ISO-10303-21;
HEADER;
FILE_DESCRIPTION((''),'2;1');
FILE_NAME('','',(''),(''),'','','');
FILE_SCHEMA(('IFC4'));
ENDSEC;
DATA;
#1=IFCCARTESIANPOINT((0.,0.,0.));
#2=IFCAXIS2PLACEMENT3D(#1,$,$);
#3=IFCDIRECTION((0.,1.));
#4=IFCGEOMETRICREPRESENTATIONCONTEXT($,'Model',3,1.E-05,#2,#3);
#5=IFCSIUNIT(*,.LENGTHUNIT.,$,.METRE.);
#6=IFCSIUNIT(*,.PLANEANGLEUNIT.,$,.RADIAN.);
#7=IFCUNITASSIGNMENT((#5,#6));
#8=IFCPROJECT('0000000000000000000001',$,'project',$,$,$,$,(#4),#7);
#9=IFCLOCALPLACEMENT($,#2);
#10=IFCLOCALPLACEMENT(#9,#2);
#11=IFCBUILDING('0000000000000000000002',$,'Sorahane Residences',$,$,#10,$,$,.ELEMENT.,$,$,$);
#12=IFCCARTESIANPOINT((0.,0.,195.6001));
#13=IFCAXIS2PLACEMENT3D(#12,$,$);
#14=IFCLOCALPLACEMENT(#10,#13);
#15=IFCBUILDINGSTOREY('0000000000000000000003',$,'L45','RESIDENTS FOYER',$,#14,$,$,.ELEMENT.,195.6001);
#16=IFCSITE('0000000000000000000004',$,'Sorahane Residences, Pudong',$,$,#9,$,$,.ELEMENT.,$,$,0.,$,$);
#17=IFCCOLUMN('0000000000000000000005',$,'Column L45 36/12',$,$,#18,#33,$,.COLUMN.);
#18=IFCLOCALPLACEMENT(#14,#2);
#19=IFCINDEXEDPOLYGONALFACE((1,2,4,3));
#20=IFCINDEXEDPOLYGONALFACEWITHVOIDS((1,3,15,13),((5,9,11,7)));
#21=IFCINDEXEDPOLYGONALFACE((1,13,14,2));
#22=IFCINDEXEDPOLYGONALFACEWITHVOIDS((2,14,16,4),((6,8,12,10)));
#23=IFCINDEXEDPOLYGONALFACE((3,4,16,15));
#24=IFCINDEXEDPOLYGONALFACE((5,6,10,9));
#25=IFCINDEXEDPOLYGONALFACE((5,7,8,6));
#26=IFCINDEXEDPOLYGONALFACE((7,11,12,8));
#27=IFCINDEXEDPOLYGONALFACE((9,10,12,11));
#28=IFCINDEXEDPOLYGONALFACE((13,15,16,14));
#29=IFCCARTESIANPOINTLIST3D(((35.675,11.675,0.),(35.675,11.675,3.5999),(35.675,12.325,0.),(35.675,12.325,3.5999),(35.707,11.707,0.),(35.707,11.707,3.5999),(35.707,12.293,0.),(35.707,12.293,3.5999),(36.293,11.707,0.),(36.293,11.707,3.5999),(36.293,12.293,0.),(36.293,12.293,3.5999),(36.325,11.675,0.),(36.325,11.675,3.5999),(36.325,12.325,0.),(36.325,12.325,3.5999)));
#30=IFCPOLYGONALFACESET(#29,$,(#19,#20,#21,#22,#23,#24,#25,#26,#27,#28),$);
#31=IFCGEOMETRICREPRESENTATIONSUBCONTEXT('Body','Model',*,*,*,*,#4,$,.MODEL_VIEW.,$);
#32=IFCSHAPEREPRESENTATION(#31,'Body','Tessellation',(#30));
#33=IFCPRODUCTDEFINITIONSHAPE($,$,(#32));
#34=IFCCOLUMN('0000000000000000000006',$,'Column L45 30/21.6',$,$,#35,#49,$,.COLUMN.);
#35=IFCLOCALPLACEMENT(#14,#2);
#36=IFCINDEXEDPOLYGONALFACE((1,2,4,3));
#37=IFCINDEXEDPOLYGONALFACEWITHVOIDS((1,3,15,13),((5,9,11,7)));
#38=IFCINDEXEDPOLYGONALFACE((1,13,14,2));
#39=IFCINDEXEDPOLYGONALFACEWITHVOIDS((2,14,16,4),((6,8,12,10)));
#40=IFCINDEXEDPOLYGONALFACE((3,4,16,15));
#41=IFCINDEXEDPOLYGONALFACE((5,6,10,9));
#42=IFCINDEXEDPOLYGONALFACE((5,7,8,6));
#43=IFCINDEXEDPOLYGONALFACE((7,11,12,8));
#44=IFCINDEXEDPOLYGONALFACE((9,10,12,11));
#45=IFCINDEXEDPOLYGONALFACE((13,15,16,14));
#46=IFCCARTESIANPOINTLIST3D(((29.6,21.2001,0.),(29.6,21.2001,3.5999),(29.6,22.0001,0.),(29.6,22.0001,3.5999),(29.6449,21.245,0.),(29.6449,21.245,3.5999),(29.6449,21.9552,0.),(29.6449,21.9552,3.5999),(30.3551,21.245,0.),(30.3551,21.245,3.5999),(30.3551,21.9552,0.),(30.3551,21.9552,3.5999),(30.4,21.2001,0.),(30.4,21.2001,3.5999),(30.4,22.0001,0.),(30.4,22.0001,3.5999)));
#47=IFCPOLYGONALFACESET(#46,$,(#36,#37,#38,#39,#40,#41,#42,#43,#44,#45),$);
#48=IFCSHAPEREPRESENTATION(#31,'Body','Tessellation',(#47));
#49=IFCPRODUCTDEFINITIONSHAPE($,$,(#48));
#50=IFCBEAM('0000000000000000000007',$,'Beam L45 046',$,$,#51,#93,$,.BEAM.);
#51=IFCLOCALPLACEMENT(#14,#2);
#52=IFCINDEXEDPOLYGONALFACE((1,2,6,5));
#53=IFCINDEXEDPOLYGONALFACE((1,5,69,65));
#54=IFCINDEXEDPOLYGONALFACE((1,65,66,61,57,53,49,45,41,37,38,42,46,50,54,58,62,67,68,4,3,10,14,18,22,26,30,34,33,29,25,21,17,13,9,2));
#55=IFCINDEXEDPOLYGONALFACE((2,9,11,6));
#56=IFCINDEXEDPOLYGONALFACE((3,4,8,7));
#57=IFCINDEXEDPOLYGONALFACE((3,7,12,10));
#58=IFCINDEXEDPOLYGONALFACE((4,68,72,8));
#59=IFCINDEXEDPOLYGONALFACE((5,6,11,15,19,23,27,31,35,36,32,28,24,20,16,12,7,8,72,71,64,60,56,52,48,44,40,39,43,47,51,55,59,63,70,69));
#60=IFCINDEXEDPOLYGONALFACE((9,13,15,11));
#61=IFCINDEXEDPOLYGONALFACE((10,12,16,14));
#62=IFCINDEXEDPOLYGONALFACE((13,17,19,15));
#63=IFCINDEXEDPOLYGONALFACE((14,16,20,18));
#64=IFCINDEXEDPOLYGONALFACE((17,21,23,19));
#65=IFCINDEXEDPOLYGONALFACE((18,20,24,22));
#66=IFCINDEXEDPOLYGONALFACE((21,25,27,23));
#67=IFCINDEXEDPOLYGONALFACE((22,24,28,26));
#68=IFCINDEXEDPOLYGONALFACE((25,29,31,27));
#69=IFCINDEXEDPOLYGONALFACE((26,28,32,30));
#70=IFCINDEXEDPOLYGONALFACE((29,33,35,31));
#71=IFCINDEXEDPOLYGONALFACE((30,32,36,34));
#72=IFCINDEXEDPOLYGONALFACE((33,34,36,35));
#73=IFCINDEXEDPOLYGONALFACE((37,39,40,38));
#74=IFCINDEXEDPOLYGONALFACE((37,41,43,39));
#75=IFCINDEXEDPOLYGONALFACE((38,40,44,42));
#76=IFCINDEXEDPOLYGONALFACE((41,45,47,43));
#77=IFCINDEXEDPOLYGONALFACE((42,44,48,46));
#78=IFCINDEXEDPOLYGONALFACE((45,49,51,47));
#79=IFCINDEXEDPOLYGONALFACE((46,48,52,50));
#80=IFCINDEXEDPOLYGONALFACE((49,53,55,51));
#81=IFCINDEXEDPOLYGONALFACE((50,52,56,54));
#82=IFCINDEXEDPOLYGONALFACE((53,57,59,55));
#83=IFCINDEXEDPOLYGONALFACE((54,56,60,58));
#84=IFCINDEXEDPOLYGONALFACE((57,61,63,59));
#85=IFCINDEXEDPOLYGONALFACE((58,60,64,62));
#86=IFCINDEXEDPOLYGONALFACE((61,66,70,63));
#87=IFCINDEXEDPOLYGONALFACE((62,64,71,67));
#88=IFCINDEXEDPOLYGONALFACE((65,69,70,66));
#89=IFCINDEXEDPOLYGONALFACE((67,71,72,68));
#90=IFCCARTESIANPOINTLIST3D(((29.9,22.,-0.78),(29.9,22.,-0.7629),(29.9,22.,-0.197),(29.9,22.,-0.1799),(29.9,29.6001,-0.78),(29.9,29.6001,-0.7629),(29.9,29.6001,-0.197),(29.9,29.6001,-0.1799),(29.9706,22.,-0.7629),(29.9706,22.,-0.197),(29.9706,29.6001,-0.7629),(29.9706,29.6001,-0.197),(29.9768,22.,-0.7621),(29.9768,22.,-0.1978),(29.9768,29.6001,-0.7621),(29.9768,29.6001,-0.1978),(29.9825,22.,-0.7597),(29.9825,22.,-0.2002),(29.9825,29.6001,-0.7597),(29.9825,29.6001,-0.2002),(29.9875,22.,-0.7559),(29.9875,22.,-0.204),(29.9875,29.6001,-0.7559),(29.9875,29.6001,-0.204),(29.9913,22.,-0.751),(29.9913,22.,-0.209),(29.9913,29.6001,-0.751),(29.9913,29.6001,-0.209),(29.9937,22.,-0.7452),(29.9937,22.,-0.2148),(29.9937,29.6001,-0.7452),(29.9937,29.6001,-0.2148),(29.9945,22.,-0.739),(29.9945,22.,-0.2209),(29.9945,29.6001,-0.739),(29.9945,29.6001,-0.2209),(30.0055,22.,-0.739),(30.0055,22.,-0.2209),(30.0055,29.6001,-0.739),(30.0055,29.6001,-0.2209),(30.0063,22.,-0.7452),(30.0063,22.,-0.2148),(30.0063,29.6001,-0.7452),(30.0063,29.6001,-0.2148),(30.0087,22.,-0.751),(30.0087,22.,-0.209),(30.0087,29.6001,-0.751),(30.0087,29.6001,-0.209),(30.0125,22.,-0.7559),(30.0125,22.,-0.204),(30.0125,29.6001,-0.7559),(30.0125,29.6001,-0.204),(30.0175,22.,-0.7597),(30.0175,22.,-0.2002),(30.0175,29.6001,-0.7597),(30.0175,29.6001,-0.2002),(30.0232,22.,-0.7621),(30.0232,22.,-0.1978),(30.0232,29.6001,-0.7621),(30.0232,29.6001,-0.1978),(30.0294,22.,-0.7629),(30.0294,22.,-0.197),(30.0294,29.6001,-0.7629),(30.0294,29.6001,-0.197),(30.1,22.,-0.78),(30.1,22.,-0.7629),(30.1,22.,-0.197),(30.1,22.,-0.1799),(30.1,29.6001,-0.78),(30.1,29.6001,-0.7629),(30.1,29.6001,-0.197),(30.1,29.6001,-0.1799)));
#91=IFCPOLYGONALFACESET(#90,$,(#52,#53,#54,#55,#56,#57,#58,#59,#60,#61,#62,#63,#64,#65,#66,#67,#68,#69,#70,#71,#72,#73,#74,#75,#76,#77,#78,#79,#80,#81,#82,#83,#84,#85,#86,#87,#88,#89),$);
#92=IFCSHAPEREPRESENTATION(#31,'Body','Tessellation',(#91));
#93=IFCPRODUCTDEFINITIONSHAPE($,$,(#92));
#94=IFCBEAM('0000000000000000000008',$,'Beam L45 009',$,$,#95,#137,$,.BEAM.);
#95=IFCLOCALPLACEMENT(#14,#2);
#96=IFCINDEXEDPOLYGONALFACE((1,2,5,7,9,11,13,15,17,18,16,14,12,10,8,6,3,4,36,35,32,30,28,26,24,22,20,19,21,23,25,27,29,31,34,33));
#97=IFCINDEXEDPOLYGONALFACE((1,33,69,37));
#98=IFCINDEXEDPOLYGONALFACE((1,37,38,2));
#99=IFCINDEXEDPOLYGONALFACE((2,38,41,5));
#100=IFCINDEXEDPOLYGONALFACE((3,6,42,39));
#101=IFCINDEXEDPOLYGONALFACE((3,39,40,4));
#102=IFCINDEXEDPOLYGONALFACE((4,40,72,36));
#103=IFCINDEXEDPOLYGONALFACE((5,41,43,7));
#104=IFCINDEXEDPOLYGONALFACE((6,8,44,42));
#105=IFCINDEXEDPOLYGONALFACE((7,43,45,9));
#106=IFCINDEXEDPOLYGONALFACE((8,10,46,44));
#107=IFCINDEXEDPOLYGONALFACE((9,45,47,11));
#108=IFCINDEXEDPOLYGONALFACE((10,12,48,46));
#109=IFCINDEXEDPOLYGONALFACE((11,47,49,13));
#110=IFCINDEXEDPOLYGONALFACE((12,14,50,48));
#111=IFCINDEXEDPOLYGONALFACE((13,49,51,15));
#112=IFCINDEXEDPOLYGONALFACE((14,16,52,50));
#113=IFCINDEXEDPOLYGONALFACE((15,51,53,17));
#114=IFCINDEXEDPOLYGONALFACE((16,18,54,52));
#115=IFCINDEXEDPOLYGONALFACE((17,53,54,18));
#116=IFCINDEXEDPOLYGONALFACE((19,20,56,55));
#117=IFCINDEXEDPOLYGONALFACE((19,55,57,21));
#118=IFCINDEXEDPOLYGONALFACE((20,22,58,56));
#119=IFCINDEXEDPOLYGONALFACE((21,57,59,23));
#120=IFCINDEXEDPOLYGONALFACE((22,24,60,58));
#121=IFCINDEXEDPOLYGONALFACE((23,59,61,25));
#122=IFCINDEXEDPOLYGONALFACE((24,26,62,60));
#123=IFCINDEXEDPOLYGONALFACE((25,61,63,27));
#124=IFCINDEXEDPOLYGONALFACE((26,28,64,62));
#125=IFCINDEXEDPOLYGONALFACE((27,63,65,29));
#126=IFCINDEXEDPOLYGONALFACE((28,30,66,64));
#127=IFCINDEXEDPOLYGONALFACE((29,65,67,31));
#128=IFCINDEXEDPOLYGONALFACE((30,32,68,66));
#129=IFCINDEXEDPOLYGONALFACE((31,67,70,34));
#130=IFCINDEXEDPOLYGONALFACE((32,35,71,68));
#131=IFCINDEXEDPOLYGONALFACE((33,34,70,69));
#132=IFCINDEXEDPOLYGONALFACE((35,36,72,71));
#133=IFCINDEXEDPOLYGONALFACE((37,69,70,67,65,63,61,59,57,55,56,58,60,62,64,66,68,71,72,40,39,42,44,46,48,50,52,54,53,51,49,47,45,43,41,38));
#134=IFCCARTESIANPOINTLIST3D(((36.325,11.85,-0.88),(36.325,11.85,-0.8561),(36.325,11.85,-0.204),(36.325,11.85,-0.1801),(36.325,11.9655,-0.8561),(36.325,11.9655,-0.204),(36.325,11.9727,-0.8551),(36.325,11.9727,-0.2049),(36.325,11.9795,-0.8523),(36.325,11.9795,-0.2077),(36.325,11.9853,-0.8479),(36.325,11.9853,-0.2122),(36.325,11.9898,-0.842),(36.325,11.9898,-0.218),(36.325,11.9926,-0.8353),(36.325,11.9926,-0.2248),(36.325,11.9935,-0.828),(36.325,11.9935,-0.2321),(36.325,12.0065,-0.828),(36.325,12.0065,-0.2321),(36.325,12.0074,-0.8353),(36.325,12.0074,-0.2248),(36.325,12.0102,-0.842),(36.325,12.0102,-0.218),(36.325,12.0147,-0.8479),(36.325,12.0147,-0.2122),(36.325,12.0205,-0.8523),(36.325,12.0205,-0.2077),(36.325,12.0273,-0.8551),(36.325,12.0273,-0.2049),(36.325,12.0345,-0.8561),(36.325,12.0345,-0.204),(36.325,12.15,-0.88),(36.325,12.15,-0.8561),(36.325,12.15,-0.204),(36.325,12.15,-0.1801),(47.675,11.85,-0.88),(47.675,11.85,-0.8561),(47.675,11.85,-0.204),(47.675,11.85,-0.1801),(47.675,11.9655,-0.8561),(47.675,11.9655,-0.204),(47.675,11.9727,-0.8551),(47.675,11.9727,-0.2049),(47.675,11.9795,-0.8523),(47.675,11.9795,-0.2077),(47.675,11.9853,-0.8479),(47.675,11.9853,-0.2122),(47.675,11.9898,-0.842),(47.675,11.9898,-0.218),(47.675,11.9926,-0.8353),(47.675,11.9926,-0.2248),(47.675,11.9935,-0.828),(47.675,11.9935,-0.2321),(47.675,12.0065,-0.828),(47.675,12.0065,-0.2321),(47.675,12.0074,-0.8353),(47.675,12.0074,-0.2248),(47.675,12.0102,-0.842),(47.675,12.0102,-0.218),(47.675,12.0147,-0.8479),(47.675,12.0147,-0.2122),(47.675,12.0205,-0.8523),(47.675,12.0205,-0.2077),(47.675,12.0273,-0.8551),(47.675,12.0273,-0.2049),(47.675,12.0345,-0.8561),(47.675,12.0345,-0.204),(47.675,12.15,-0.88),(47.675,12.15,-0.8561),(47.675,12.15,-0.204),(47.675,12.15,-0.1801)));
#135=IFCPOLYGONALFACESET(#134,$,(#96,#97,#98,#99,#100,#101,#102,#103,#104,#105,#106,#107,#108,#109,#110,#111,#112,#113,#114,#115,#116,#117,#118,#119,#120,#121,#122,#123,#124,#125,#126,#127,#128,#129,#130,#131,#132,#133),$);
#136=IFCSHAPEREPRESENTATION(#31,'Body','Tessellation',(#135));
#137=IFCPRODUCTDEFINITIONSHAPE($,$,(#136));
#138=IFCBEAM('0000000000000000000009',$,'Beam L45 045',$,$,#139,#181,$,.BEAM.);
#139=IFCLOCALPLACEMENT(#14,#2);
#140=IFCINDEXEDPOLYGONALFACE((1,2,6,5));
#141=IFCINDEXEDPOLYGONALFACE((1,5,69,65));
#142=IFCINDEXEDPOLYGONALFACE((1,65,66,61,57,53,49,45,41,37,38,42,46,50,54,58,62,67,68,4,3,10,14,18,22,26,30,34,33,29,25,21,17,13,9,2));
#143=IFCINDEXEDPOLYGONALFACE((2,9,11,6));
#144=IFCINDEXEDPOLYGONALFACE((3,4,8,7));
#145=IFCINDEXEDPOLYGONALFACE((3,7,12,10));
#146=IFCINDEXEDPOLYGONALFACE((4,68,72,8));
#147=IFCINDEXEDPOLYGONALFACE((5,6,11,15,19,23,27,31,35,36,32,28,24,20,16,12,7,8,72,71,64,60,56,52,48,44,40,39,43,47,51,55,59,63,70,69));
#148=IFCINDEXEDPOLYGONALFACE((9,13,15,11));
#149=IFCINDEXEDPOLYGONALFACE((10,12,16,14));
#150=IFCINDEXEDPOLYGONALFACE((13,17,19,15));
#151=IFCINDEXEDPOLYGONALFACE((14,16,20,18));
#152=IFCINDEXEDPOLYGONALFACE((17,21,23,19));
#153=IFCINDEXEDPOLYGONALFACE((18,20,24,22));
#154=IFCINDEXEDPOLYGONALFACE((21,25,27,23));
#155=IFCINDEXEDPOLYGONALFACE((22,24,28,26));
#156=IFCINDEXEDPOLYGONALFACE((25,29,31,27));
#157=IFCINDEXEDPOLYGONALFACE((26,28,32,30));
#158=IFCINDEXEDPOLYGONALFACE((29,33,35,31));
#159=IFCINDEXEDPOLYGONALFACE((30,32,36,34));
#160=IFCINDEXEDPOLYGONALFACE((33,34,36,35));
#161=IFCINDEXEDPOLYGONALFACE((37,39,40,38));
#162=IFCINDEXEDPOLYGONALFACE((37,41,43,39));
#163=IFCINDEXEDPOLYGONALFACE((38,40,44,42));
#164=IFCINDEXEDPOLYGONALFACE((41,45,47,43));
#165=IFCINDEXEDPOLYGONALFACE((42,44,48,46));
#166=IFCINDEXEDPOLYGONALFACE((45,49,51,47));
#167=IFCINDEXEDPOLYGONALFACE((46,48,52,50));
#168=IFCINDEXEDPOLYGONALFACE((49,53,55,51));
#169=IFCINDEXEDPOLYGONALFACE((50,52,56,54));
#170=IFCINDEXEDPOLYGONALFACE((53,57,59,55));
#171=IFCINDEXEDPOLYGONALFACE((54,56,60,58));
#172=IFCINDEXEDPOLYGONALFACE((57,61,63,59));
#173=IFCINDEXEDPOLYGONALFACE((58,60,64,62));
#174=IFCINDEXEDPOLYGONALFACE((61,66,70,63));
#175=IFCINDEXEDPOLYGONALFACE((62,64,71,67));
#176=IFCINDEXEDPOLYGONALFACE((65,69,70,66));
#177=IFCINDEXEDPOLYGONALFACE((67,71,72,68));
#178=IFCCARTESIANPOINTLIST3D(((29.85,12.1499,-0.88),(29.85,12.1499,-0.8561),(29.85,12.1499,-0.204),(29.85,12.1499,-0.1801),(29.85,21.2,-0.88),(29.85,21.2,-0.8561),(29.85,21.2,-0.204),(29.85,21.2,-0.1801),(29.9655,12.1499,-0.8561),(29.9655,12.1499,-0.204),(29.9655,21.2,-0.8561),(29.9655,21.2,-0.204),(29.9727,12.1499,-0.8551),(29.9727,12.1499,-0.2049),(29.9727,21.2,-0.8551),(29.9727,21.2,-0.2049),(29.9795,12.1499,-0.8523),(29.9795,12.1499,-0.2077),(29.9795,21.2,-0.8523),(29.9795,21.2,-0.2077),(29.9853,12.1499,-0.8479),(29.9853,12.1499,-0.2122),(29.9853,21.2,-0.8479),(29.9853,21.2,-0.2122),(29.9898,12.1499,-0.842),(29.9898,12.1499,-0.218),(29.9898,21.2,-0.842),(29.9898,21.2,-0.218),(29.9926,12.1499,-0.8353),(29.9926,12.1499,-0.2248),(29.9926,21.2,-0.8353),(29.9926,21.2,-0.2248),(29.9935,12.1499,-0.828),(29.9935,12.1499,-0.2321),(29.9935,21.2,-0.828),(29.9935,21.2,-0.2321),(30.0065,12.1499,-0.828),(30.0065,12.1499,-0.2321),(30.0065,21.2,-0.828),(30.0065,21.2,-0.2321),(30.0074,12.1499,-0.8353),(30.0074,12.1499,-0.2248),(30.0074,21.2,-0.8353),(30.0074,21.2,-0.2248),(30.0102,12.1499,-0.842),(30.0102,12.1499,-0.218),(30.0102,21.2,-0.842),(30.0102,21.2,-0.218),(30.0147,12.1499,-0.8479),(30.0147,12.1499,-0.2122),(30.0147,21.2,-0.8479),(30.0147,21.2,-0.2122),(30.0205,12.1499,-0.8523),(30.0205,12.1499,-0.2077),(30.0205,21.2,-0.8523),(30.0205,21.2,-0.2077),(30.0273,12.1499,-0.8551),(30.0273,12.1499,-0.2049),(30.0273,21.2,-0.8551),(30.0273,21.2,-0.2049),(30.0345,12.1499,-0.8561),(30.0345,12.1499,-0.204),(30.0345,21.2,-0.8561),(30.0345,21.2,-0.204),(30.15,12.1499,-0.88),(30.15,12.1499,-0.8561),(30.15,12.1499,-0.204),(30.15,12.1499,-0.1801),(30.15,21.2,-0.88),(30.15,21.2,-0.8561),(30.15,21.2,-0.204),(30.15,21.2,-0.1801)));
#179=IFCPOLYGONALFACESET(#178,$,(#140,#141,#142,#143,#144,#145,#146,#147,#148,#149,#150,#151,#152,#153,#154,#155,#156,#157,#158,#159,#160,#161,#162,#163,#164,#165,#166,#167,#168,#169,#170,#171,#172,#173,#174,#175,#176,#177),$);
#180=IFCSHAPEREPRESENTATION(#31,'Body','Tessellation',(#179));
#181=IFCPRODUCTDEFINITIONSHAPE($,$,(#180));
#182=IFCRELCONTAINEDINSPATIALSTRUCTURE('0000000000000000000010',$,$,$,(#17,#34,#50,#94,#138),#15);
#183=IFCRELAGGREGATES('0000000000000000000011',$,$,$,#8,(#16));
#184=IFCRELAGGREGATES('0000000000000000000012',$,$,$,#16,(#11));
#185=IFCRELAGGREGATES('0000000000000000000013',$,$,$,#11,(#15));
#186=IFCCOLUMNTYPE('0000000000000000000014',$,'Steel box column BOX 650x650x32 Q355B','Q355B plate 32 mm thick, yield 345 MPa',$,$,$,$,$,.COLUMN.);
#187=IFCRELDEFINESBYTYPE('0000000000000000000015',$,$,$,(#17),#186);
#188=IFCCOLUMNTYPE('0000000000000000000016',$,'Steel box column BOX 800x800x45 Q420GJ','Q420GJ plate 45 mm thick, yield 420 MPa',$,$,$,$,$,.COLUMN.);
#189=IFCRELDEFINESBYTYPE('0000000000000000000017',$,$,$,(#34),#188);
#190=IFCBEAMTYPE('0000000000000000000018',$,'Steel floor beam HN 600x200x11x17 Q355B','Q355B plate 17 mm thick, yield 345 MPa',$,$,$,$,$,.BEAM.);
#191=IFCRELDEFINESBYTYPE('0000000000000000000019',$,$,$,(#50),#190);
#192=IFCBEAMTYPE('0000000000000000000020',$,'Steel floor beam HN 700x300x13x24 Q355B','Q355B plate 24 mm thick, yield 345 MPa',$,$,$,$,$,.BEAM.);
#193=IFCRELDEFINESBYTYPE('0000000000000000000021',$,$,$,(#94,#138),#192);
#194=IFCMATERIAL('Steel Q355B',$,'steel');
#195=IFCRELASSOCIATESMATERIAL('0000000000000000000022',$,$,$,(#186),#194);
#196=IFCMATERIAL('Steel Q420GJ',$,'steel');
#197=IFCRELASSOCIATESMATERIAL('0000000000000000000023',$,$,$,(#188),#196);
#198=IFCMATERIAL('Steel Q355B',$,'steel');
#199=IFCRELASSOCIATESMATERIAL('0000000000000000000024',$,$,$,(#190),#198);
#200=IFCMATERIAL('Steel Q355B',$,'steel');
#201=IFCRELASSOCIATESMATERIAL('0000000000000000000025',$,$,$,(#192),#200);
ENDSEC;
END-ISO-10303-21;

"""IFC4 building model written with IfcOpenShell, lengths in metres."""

from ifc_helpers import new_model, si_unit, direction, frame, origin, origin_2d, place, context, subcontext, project, spatial, hollow_rectangle, i_section, extrude, material, material_profile, profile_set, type_object, element, save


model = new_model("IFC4")

# Units and contexts
model_context = context("Model", 3, precision=1e-05, world=origin(), true_north=direction((0.0, 1.0)))
body_context = subcontext(model_context, "Body", "Model", "MODEL_VIEW")
ifc_project = project(units=[si_unit("LENGTHUNIT", "METRE"), si_unit("PLANEANGLEUNIT", "RADIAN")], contexts=[model_context])

# Site, building, storey
site_placement = place(None, origin())
site = spatial("IfcSite", under=ifc_project, at=site_placement, Name="Sorahane Residences, Pudong", CompositionType="ELEMENT", RefElevation=0.0)
building_placement = place(site_placement, origin())
building = spatial("IfcBuilding", under=site, at=building_placement, Name="Sorahane Residences", CompositionType="ELEMENT")
storey_placement = place(building_placement, frame((0.0, 0.0, 195.6001)))
storey = spatial("IfcBuildingStorey", under=building, at=storey_placement, Name="L45", Description="RESIDENTS FOYER", CompositionType="ELEMENT", Elevation=195.6001)

# Columns
ifc_material_1 = material(Name="Steel Q355B", Category="steel")
ifc_material_profile_1 = material_profile(ifc_material_1, hollow_rectangle(XDim=0.6499, YDim=0.6499, WallThickness=0.032, at=origin_2d()), Name="BOX 650x650x32")
ifc_profile_set_1 = profile_set([ifc_material_profile_1], Name="Steel Q355B")
column_type_1 = type_object("IfcColumnType", Name="Steel box column BOX 650x650x32 Q355B", Description="Q355B plate 32 mm thick, yield 345 MPa", PredefinedType="COLUMN", material=ifc_profile_set_1)
column_1_placement = place(storey_placement, frame((36.0, 12.0, 0.0), z_axis=(0.0, 0.0, 1.0), x_axis=(1.0, 0.0, 0.0)))
element("IfcColumn", 1, at=column_1_placement, inside=storey, type_object=column_type_1, Name="Column L45 36/12", PredefinedType="COLUMN", context=body_context, shape_type="SweptSolid", body=[
    extrude(hollow_rectangle(XDim=0.6499, YDim=0.6499, WallThickness=0.032, at=origin_2d()), origin(), (0.0, 0.0, 1.0), 3.5999),
])
ifc_material_2 = material(Name="Steel Q420GJ", Category="steel")
ifc_material_profile_2 = material_profile(ifc_material_2, hollow_rectangle(XDim=0.8, YDim=0.8, WallThickness=0.0449, at=origin_2d()), Name="BOX 800x800x45")
ifc_profile_set_2 = profile_set([ifc_material_profile_2], Name="Steel Q420GJ")
column_type_2 = type_object("IfcColumnType", Name="Steel box column BOX 800x800x45 Q420GJ", Description="Q420GJ plate 45 mm thick, yield 420 MPa", PredefinedType="COLUMN", material=ifc_profile_set_2)
column_2_placement = place(storey_placement, frame((30.0, 21.6001, 0.0), z_axis=(0.0, 0.0, 1.0), x_axis=(1.0, 0.0, 0.0)))
element("IfcColumn", 2, at=column_2_placement, inside=storey, type_object=column_type_2, Name="Column L45 30/21.6", PredefinedType="COLUMN", context=body_context, shape_type="SweptSolid", body=[
    extrude(hollow_rectangle(XDim=0.8, YDim=0.8, WallThickness=0.0449, at=origin_2d()), origin(), (0.0, 0.0, 1.0), 3.5999),
])

# Beams
ifc_material_3 = material(Name="Steel Q355B", Category="steel")
ifc_material_profile_3 = material_profile(ifc_material_3, i_section(OverallWidth=0.2, OverallDepth=0.6001, WebThickness=0.011, FlangeThickness=0.0171, FilletRadius=0.0239, at=origin_2d()), Name="HN 600x200x11x17")
ifc_profile_set_3 = profile_set([ifc_material_profile_3], Name="Steel Q355B")
beam_type_1 = type_object("IfcBeamType", Name="Steel floor beam HN 600x200x11x17 Q355B", Description="Q355B plate 17 mm thick, yield 345 MPa", PredefinedType="BEAM", material=ifc_profile_set_3)
beam_1_placement = place(storey_placement, frame((30.0, 22.0, -0.48), z_axis=(0.0, 1.0, 0.0), x_axis=(-1.0, 0.0, 0.0)))
element("IfcBeam", 3, at=beam_1_placement, inside=storey, type_object=beam_type_1, Name="Beam L45 046", PredefinedType="BEAM", context=body_context, shape_type="SweptSolid", body=[
    extrude(i_section(OverallWidth=0.2, OverallDepth=0.6001, WebThickness=0.011, FlangeThickness=0.0171, FilletRadius=0.0239, at=origin_2d()), origin(), (0.0, 0.0, 1.0), 7.6001),
])
ifc_material_4 = material(Name="Steel Q355B", Category="steel")
ifc_material_profile_4 = material_profile(ifc_material_4, i_section(OverallWidth=0.3, OverallDepth=0.7, WebThickness=0.0129, FlangeThickness=0.0239, FilletRadius=0.0281, at=origin_2d()), Name="HN 700x300x13x24")
ifc_profile_set_4 = profile_set([ifc_material_profile_4], Name="Steel Q355B")
beam_type_2 = type_object("IfcBeamType", Name="Steel floor beam HN 700x300x13x24 Q355B", Description="Q355B plate 24 mm thick, yield 345 MPa", PredefinedType="BEAM", material=ifc_profile_set_4)
beam_2_placement = place(storey_placement, frame((36.325, 12.0, -0.53), z_axis=(1.0, 0.0, 0.0), x_axis=(0.0, 1.0, 0.0)))
element("IfcBeam", 4, at=beam_2_placement, inside=storey, type_object=beam_type_2, Name="Beam L45 009", PredefinedType="BEAM", context=body_context, shape_type="SweptSolid", body=[
    extrude(i_section(OverallWidth=0.3, OverallDepth=0.7, WebThickness=0.0129, FlangeThickness=0.0239, FilletRadius=0.0281, at=origin_2d()), origin(), (0.0, 0.0, 1.0), 11.3501),
])
beam_3_placement = place(storey_placement, frame((30.0, 12.1499, -0.53), z_axis=(0.0, 1.0, 0.0), x_axis=(-1.0, 0.0, 0.0)))
element("IfcBeam", 5, at=beam_3_placement, inside=storey, type_object=beam_type_2, Name="Beam L45 045", PredefinedType="BEAM", context=body_context, shape_type="SweptSolid", body=[
    extrude(i_section(OverallWidth=0.3, OverallDepth=0.7, WebThickness=0.0129, FlangeThickness=0.0239, FilletRadius=0.0281, at=origin_2d()), origin(), (0.0, 0.0, 1.0), 9.05),
])

save(model, "model.ifc")
